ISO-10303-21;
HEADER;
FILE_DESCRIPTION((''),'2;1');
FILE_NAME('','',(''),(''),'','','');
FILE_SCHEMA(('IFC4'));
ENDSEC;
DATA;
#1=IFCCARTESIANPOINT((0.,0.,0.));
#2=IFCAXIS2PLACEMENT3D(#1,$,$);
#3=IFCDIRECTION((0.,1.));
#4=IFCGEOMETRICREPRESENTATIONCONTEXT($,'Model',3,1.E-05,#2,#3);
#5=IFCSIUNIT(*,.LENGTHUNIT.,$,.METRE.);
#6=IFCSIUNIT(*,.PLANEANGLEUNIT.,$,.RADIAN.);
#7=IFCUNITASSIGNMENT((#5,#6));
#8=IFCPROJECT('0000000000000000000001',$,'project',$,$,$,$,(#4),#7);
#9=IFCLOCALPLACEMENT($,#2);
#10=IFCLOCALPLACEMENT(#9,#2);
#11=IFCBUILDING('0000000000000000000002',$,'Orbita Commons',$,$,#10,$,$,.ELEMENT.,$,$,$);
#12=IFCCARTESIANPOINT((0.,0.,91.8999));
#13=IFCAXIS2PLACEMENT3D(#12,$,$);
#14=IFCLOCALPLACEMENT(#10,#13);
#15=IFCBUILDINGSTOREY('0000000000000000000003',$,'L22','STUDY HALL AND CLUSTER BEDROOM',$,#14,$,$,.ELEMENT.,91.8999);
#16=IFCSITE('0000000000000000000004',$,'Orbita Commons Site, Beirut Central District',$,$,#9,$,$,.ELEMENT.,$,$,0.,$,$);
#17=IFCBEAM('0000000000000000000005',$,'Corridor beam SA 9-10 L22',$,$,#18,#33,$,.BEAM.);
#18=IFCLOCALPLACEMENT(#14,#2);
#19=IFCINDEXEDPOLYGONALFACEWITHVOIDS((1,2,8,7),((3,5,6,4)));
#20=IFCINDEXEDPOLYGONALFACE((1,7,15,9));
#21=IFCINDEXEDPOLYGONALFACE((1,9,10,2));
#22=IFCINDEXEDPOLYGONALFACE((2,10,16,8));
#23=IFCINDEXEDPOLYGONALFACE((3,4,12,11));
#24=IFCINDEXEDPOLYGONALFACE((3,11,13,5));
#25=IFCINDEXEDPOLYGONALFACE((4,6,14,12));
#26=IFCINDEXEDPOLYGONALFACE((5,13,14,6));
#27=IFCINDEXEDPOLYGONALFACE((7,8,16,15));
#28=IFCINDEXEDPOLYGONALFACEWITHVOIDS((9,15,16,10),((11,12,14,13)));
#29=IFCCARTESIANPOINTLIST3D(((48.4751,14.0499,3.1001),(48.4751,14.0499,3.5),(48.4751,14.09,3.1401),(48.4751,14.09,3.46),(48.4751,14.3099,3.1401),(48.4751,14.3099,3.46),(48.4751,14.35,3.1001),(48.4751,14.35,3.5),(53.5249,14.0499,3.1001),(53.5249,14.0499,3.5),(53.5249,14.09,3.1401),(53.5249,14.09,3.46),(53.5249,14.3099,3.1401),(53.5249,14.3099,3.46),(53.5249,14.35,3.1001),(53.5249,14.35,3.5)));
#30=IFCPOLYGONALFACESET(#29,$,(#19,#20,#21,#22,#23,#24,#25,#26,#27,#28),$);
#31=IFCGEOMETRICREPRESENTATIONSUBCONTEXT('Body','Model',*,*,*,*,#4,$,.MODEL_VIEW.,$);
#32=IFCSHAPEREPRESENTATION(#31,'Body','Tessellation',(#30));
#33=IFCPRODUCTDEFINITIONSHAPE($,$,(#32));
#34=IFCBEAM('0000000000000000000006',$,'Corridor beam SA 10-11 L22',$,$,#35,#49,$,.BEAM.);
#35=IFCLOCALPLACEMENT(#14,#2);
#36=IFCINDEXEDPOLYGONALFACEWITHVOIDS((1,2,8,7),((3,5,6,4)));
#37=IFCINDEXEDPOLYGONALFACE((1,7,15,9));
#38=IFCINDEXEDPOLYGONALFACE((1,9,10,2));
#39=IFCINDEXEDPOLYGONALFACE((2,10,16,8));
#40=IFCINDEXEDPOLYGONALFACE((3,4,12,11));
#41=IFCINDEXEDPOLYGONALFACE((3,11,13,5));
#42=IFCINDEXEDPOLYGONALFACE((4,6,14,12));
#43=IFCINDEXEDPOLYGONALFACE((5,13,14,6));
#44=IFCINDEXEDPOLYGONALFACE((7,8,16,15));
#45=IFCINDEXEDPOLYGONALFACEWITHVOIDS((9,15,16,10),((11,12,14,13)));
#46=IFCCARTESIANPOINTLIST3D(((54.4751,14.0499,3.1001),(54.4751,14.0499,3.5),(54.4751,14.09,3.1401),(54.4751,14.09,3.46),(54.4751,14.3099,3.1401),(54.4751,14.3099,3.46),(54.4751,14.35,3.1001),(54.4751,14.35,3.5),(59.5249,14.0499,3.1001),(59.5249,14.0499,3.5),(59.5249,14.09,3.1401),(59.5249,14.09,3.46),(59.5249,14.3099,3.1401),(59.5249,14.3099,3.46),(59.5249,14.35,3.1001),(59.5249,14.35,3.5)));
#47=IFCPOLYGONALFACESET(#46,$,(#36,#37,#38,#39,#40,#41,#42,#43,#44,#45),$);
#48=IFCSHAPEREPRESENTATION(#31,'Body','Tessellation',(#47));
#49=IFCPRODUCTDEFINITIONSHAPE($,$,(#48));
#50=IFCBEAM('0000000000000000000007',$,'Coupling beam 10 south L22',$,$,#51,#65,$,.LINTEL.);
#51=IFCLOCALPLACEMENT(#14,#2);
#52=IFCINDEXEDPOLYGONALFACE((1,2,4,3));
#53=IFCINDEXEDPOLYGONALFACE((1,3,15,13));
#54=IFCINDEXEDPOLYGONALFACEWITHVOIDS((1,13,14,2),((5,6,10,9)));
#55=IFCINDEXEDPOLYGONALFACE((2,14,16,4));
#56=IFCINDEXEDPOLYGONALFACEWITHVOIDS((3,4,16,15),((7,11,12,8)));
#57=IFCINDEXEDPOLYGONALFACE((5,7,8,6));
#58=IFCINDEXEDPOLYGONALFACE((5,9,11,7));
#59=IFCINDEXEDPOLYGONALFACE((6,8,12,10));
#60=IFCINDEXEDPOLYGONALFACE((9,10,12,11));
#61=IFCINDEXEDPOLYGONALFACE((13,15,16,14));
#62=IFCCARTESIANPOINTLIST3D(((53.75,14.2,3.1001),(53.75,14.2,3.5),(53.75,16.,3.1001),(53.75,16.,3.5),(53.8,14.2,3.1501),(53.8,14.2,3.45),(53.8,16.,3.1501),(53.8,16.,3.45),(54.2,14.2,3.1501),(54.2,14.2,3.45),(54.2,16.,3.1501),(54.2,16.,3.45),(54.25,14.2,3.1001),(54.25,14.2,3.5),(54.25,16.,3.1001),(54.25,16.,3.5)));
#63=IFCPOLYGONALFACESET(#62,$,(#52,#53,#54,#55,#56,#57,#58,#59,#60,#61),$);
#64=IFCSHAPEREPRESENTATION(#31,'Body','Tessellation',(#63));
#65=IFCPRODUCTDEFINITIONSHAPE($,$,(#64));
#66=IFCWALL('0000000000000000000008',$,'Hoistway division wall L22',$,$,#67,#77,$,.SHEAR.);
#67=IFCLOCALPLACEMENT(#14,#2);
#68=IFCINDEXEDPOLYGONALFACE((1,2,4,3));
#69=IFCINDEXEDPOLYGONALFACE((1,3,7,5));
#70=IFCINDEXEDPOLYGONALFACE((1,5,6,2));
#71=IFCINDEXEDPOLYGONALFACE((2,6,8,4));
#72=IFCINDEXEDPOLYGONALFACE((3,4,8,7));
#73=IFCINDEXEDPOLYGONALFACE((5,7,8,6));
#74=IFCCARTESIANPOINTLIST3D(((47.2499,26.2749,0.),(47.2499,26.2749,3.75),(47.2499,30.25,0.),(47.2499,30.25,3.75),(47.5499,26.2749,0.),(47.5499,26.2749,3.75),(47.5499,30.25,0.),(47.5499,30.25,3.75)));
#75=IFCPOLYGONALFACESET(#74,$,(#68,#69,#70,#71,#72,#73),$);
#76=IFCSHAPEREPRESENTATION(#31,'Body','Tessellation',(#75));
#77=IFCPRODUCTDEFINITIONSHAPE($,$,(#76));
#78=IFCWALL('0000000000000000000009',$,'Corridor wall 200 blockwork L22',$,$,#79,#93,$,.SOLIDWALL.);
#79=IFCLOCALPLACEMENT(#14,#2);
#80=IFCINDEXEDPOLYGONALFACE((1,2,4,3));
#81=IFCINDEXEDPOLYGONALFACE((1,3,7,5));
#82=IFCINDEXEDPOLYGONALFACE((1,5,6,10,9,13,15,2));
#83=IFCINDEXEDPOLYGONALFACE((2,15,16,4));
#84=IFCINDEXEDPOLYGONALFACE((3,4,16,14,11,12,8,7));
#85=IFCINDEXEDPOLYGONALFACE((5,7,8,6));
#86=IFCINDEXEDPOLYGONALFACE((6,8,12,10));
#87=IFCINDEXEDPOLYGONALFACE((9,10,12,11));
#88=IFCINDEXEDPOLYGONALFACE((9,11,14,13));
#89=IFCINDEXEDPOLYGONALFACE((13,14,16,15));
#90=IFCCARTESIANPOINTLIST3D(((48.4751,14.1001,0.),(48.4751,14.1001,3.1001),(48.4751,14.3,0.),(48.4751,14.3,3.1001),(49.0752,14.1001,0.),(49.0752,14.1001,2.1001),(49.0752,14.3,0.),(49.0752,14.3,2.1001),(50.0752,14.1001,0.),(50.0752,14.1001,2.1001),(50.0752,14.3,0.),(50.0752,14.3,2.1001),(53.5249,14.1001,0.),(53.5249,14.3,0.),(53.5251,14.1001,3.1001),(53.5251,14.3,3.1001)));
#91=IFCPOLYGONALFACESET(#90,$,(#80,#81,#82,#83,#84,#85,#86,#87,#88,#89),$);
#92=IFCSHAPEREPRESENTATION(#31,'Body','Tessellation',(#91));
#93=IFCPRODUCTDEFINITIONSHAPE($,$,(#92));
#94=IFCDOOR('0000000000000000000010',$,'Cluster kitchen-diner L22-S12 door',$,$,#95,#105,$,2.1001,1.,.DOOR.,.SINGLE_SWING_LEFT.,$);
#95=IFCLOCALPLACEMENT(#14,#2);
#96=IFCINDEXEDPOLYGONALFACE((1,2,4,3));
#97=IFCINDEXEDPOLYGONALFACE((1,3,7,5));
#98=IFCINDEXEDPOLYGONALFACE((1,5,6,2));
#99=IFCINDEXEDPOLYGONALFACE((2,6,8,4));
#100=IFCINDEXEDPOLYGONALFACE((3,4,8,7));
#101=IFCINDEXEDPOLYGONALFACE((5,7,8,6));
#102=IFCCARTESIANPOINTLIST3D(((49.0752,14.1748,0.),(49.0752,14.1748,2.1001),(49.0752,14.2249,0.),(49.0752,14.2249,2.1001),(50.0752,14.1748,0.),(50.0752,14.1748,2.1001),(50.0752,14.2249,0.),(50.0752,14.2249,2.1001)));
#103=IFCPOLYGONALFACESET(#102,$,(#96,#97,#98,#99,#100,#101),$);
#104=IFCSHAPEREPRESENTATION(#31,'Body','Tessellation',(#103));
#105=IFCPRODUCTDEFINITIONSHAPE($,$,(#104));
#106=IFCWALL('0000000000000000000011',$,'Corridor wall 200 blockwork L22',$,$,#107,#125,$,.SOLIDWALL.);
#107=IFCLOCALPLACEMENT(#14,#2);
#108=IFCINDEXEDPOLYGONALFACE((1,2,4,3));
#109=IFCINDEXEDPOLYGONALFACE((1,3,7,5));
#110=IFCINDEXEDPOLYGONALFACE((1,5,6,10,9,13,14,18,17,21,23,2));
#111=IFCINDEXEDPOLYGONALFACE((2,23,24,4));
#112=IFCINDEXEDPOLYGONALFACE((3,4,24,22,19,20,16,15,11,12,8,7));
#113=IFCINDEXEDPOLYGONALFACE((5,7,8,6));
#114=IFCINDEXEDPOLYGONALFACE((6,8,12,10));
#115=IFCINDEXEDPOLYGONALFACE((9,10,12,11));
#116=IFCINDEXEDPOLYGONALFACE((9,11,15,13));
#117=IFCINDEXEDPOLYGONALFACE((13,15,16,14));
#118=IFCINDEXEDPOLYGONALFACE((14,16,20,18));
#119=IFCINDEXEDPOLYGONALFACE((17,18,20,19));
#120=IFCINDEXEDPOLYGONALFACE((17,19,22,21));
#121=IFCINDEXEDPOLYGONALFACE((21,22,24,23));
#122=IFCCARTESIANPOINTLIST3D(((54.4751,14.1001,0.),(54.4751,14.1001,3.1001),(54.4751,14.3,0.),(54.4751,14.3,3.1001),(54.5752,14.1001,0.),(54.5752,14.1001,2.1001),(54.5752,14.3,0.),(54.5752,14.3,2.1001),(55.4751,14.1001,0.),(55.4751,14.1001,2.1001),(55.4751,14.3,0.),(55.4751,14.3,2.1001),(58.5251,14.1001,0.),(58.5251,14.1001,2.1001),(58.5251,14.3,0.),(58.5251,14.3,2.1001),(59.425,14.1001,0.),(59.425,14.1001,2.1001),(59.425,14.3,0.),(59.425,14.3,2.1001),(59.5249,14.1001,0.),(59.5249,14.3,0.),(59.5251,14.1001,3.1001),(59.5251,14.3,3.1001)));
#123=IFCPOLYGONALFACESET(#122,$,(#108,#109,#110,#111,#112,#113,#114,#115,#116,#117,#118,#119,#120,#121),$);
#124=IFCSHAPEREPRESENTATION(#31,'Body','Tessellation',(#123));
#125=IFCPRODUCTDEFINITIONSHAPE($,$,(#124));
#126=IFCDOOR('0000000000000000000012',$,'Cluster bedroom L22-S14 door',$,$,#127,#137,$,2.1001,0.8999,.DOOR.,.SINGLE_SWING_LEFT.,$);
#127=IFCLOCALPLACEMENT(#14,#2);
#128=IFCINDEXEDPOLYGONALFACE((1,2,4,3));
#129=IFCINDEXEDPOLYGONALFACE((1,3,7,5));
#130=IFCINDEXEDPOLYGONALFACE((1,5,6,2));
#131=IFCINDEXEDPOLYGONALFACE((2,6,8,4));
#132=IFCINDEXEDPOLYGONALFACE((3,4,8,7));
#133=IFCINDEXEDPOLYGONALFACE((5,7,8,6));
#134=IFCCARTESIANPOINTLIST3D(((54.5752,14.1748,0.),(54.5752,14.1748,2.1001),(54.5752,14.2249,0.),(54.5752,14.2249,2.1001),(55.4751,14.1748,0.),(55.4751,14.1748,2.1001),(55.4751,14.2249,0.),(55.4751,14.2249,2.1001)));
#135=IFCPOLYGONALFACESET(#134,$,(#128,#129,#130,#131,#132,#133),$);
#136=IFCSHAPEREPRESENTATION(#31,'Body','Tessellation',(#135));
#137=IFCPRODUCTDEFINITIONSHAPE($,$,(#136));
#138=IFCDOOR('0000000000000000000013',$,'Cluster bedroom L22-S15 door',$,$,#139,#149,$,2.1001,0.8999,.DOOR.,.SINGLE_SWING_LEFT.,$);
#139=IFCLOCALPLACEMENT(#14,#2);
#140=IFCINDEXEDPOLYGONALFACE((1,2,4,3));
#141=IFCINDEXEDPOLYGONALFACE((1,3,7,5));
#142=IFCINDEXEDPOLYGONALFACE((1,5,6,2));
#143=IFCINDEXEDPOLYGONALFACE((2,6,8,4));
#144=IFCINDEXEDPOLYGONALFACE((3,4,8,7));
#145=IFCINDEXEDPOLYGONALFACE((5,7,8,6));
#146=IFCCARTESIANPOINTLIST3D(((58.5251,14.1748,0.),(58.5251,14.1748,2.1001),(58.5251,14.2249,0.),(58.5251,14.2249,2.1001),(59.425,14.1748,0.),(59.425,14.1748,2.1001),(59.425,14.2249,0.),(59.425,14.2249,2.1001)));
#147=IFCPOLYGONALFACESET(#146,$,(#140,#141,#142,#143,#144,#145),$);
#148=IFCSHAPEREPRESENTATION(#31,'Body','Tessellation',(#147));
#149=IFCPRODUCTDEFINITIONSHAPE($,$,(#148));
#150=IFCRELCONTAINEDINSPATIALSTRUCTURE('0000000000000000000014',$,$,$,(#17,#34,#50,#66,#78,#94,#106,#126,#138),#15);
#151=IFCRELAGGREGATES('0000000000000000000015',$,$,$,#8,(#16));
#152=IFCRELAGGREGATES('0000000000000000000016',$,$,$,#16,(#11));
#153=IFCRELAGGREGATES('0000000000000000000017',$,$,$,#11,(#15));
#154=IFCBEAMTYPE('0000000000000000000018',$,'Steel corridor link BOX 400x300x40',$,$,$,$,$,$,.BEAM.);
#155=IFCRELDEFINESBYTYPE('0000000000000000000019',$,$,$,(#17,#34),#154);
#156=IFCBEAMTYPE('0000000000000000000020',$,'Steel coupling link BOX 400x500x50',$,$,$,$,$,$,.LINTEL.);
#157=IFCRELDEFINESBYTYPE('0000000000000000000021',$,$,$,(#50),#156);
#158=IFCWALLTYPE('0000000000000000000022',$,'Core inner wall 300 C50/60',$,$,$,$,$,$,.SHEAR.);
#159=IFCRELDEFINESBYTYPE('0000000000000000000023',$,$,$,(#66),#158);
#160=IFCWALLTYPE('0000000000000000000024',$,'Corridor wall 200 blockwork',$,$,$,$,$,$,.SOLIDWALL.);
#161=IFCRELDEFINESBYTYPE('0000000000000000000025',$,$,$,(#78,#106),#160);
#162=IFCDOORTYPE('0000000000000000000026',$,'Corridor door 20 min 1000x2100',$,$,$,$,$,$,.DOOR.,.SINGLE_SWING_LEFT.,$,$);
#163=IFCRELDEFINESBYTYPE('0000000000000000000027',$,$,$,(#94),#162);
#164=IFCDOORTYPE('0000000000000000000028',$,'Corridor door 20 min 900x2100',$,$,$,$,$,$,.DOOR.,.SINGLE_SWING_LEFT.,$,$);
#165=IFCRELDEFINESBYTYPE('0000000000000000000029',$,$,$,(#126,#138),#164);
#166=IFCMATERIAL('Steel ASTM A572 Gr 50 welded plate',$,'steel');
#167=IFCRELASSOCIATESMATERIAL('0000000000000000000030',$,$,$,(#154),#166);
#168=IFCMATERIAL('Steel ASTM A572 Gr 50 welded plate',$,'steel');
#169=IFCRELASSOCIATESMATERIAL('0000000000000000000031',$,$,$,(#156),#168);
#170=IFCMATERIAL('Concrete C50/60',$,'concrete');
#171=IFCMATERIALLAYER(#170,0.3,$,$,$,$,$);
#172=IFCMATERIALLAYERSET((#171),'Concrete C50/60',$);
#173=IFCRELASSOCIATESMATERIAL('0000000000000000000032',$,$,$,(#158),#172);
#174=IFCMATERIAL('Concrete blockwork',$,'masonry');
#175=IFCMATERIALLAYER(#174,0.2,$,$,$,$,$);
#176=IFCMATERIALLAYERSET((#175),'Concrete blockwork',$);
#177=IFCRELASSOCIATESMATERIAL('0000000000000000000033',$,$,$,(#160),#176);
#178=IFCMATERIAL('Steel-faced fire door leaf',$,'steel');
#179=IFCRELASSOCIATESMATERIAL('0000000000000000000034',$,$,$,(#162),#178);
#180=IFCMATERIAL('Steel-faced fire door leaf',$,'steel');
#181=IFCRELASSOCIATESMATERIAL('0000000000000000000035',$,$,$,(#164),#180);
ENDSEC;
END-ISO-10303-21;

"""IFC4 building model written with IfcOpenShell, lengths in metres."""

from ifc_helpers import new_model, si_unit, direction, frame, frame_2d, origin, origin_2d, place, context, subcontext, project, spatial, polyline, rectangle, hollow_rectangle, outline, extrude, material, layer, layer_set, material_profile, profile_set, type_object, element, fill, save


model = new_model("IFC4")

# Units and contexts
model_context = context("Model", 3, precision=1e-05, world=origin(), true_north=direction((0.0, 1.0)))
body_context = subcontext(model_context, "Body", "Model", "MODEL_VIEW")
ifc_project = project(units=[si_unit("LENGTHUNIT", "METRE"), si_unit("PLANEANGLEUNIT", "RADIAN")], contexts=[model_context])

# Site, building, storey
site_placement = place(None, origin())
site = spatial("IfcSite", under=ifc_project, at=site_placement, Name="Orbita Commons Site, Beirut Central District", CompositionType="ELEMENT", RefElevation=0.0)
building_placement = place(site_placement, origin())
building = spatial("IfcBuilding", under=site, at=building_placement, Name="Orbita Commons", CompositionType="ELEMENT")
storey_placement = place(building_placement, frame((0.0, 0.0, 91.8999)))
storey = spatial("IfcBuildingStorey", under=building, at=storey_placement, Name="L22", Description="STUDY HALL AND CLUSTER BEDROOM", CompositionType="ELEMENT", Elevation=91.8999)

# Beams
ifc_material_1 = material(Name="Steel ASTM A572 Gr 50 welded plate", Category="steel")
ifc_material_profile_1 = material_profile(ifc_material_1, hollow_rectangle(XDim=0.3, YDim=0.3999, WallThickness=0.04, at=origin_2d()), Name="BOX 400x300x40")
ifc_profile_set_1 = profile_set([ifc_material_profile_1], Name="Steel ASTM A572 Gr 50 welded plate")
beam_type_1 = type_object("IfcBeamType", Name="Steel corridor link BOX 400x300x40", PredefinedType="BEAM", material=ifc_profile_set_1)
for number, where, z_axis, x_axis, name in (
    (1, (48.4751, 14.2, 3.3), (1.0, 0.0, 0.0), (0.0, 1.0, 0.0), "Corridor beam SA 9-10 L22"),
    (2, (54.4751, 14.2, 3.3), (1.0, 0.0, 0.0), (0.0, 1.0, 0.0), "Corridor beam SA 10-11 L22"),
):
    element("IfcBeam", number, at=place(storey_placement, frame(where, z_axis=z_axis, x_axis=x_axis)), inside=storey, type_object=beam_type_1, Name=name, PredefinedType="BEAM", context=body_context, shape_type="SweptSolid", body=[
        extrude(hollow_rectangle(XDim=0.3, YDim=0.3999, WallThickness=0.04, at=origin_2d()), origin(), (0.0, 0.0, 1.0), 5.0498),
    ])
ifc_material_2 = material(Name="Steel ASTM A572 Gr 50 welded plate", Category="steel")
ifc_material_profile_2 = material_profile(ifc_material_2, hollow_rectangle(XDim=0.5, YDim=0.3999, WallThickness=0.05, at=origin_2d()), Name="BOX 400x500x50")
ifc_profile_set_2 = profile_set([ifc_material_profile_2], Name="Steel ASTM A572 Gr 50 welded plate")
beam_type_2 = type_object("IfcBeamType", Name="Steel coupling link BOX 400x500x50", PredefinedType="LINTEL", material=ifc_profile_set_2)
beam_placement = place(storey_placement, frame((54.0, 14.2, 3.3), z_axis=(0.0, 1.0, 0.0), x_axis=(-1.0, 0.0, 0.0)))
element("IfcBeam", 3, at=beam_placement, inside=storey, type_object=beam_type_2, Name="Coupling beam 10 south L22", PredefinedType="LINTEL", context=body_context, shape_type="SweptSolid", body=[
    extrude(hollow_rectangle(XDim=0.5, YDim=0.3999, WallThickness=0.05, at=origin_2d()), origin(), (0.0, 0.0, 1.0), 1.8),
])

# Wall
ifc_material_3 = material(Name="Concrete C50/60", Category="concrete")
ifc_layer_1 = layer(ifc_material_3, 0.3)
ifc_layer_set_1 = layer_set([ifc_layer_1], Name="Concrete C50/60")
wall_type_1 = type_object("IfcWallType", Name="Core inner wall 300 C50/60", PredefinedType="SHEAR", material=ifc_layer_set_1)
wall_1_placement = place(storey_placement, frame((47.3999, 26.2749, 0.0), z_axis=(0.0, 0.0, 1.0), x_axis=(0.0, 1.0, 0.0)))
element("IfcWall", 4, at=wall_1_placement, inside=storey, type_object=wall_type_1, Name="Hoistway division wall L22", PredefinedType="SHEAR", context=body_context, shape_type="SweptSolid", body=[
    extrude(rectangle(XDim=3.9751, YDim=0.3, at=frame_2d((1.9875, 0.0))), origin(), (0.0, 0.0, 1.0), 3.75),
])

# Wall, opening, door
ifc_material_4 = material(Name="Concrete blockwork", Category="masonry")
ifc_layer_2 = layer(ifc_material_4, 0.2)
ifc_layer_set_2 = layer_set([ifc_layer_2], Name="Concrete blockwork")
wall_type_2 = type_object("IfcWallType", Name="Corridor wall 200 blockwork", PredefinedType="SOLIDWALL", material=ifc_layer_set_2)
wall_2_placement = place(storey_placement, frame((48.4751, 14.2, 0.0), z_axis=(0.0, 0.0, 1.0), x_axis=(1.0, 0.0, 0.0)))
wall_2 = element("IfcWall", 5, at=wall_2_placement, inside=storey, type_object=wall_type_2, Name="Corridor wall 200 blockwork L22", PredefinedType="SOLIDWALL", context=body_context, shape_type="SweptSolid", body=[
    extrude(outline(polyline([(0.0, 0.0), (5.0498, 0.0), (5.05, 3.1001), (0.0, 3.1001), (0.0, 0.0)])), frame((0.0, 0.1001, 0.0), z_axis=(0.0, -1.0, 0.0), x_axis=(1.0, 0.0, 0.0)), (0.0, 0.0, 1.0), 0.2),
])
opening_1_placement = place(wall_2_placement, frame((0.6001, 0.0, 0.0)))
opening_1 = element("IfcOpeningElement", 6, at=opening_1_placement, cuts=wall_2, PredefinedType="OPENING", context=body_context, shape_type="SweptSolid", body=[
    extrude(rectangle(XDim=1.0, YDim=2.1001, at=frame_2d((0.5, 1.05))), frame((0.0, 0.1099, 0.0), z_axis=(0.0, -1.0, 0.0), x_axis=(1.0, 0.0, 0.0)), (0.0, 0.0, 1.0), 0.22),
])
ifc_material_5 = material(Name="Steel-faced fire door leaf", Category="steel")
door_type_1 = type_object("IfcDoorType", Name="Corridor door 20 min 1000x2100", OperationType="SINGLE_SWING_LEFT", PredefinedType="DOOR", material=ifc_material_5)
door_1_placement = place(opening_1_placement, origin())
door_1 = element("IfcDoor", 7, at=door_1_placement, inside=storey, type_object=door_type_1, Name="Cluster kitchen-diner L22-S12 door", OperationType="SINGLE_SWING_LEFT", OverallHeight=2.1001, OverallWidth=1.0, PredefinedType="DOOR", context=body_context, shape_type="SweptSolid", body=[
    extrude(rectangle(XDim=1.0, YDim=2.1001, at=frame_2d((0.5, 1.05))), frame((0.0, 0.0249, 0.0), z_axis=(0.0, -1.0, 0.0), x_axis=(1.0, 0.0, 0.0)), (0.0, 0.0, 1.0), 0.05),
])
fill(opening_1, door_1)

# Wall, openings, doors
wall_3_placement = place(storey_placement, frame((54.4751, 14.2, 0.0), z_axis=(0.0, 0.0, 1.0), x_axis=(1.0, 0.0, 0.0)))
wall_3 = element("IfcWall", 8, at=wall_3_placement, inside=storey, type_object=wall_type_2, Name="Corridor wall 200 blockwork L22", PredefinedType="SOLIDWALL", context=body_context, shape_type="SweptSolid", body=[
    extrude(outline(polyline([(0.0, 0.0), (5.0498, 0.0), (5.05, 3.1001), (0.0, 3.1001), (0.0, 0.0)])), frame((0.0, 0.1001, 0.0), z_axis=(0.0, -1.0, 0.0), x_axis=(1.0, 0.0, 0.0)), (0.0, 0.0, 1.0), 0.2),
])
opening_2_placement = place(wall_3_placement, frame((0.1001, 0.0, 0.0)))
opening_2 = element("IfcOpeningElement", 9, at=opening_2_placement, cuts=wall_3, PredefinedType="OPENING", context=body_context, shape_type="SweptSolid", body=[
    extrude(rectangle(XDim=0.8999, YDim=2.1001, at=frame_2d((0.45, 1.05))), frame((0.0, 0.1099, 0.0), z_axis=(0.0, -1.0, 0.0), x_axis=(1.0, 0.0, 0.0)), (0.0, 0.0, 1.0), 0.22),
])
opening_3_placement = place(wall_3_placement, frame((4.05, 0.0, 0.0)))
opening_3 = element("IfcOpeningElement", 10, at=opening_3_placement, cuts=wall_3, PredefinedType="OPENING", context=body_context, shape_type="SweptSolid", body=[
    extrude(rectangle(XDim=0.8999, YDim=2.1001, at=frame_2d((0.45, 1.05))), frame((0.0, 0.1099, 0.0), z_axis=(0.0, -1.0, 0.0), x_axis=(1.0, 0.0, 0.0)), (0.0, 0.0, 1.0), 0.22),
])
ifc_material_6 = material(Name="Steel-faced fire door leaf", Category="steel")
door_type_2 = type_object("IfcDoorType", Name="Corridor door 20 min 900x2100", OperationType="SINGLE_SWING_LEFT", PredefinedType="DOOR", material=ifc_material_6)
door_2_placement = place(opening_2_placement, origin())
door_2 = element("IfcDoor", 11, at=door_2_placement, inside=storey, type_object=door_type_2, Name="Cluster bedroom L22-S14 door", OperationType="SINGLE_SWING_LEFT", OverallHeight=2.1001, OverallWidth=0.8999, PredefinedType="DOOR", context=body_context, shape_type="SweptSolid", body=[
    extrude(rectangle(XDim=0.8999, YDim=2.1001, at=frame_2d((0.45, 1.05))), frame((0.0, 0.0249, 0.0), z_axis=(0.0, -1.0, 0.0), x_axis=(1.0, 0.0, 0.0)), (0.0, 0.0, 1.0), 0.05),
])
fill(opening_2, door_2)
door_3_placement = place(opening_3_placement, origin())
door_3 = element("IfcDoor", 12, at=door_3_placement, inside=storey, type_object=door_type_2, Name="Cluster bedroom L22-S15 door", OperationType="SINGLE_SWING_LEFT", OverallHeight=2.1001, OverallWidth=0.8999, PredefinedType="DOOR", context=body_context, shape_type="SweptSolid", body=[
    extrude(rectangle(XDim=0.8999, YDim=2.1001, at=frame_2d((0.45, 1.05))), frame((0.0, 0.0249, 0.0), z_axis=(0.0, -1.0, 0.0), x_axis=(1.0, 0.0, 0.0)), (0.0, 0.0, 1.0), 0.05),
])
fill(opening_3, door_3)

save(model, "model.ifc")
